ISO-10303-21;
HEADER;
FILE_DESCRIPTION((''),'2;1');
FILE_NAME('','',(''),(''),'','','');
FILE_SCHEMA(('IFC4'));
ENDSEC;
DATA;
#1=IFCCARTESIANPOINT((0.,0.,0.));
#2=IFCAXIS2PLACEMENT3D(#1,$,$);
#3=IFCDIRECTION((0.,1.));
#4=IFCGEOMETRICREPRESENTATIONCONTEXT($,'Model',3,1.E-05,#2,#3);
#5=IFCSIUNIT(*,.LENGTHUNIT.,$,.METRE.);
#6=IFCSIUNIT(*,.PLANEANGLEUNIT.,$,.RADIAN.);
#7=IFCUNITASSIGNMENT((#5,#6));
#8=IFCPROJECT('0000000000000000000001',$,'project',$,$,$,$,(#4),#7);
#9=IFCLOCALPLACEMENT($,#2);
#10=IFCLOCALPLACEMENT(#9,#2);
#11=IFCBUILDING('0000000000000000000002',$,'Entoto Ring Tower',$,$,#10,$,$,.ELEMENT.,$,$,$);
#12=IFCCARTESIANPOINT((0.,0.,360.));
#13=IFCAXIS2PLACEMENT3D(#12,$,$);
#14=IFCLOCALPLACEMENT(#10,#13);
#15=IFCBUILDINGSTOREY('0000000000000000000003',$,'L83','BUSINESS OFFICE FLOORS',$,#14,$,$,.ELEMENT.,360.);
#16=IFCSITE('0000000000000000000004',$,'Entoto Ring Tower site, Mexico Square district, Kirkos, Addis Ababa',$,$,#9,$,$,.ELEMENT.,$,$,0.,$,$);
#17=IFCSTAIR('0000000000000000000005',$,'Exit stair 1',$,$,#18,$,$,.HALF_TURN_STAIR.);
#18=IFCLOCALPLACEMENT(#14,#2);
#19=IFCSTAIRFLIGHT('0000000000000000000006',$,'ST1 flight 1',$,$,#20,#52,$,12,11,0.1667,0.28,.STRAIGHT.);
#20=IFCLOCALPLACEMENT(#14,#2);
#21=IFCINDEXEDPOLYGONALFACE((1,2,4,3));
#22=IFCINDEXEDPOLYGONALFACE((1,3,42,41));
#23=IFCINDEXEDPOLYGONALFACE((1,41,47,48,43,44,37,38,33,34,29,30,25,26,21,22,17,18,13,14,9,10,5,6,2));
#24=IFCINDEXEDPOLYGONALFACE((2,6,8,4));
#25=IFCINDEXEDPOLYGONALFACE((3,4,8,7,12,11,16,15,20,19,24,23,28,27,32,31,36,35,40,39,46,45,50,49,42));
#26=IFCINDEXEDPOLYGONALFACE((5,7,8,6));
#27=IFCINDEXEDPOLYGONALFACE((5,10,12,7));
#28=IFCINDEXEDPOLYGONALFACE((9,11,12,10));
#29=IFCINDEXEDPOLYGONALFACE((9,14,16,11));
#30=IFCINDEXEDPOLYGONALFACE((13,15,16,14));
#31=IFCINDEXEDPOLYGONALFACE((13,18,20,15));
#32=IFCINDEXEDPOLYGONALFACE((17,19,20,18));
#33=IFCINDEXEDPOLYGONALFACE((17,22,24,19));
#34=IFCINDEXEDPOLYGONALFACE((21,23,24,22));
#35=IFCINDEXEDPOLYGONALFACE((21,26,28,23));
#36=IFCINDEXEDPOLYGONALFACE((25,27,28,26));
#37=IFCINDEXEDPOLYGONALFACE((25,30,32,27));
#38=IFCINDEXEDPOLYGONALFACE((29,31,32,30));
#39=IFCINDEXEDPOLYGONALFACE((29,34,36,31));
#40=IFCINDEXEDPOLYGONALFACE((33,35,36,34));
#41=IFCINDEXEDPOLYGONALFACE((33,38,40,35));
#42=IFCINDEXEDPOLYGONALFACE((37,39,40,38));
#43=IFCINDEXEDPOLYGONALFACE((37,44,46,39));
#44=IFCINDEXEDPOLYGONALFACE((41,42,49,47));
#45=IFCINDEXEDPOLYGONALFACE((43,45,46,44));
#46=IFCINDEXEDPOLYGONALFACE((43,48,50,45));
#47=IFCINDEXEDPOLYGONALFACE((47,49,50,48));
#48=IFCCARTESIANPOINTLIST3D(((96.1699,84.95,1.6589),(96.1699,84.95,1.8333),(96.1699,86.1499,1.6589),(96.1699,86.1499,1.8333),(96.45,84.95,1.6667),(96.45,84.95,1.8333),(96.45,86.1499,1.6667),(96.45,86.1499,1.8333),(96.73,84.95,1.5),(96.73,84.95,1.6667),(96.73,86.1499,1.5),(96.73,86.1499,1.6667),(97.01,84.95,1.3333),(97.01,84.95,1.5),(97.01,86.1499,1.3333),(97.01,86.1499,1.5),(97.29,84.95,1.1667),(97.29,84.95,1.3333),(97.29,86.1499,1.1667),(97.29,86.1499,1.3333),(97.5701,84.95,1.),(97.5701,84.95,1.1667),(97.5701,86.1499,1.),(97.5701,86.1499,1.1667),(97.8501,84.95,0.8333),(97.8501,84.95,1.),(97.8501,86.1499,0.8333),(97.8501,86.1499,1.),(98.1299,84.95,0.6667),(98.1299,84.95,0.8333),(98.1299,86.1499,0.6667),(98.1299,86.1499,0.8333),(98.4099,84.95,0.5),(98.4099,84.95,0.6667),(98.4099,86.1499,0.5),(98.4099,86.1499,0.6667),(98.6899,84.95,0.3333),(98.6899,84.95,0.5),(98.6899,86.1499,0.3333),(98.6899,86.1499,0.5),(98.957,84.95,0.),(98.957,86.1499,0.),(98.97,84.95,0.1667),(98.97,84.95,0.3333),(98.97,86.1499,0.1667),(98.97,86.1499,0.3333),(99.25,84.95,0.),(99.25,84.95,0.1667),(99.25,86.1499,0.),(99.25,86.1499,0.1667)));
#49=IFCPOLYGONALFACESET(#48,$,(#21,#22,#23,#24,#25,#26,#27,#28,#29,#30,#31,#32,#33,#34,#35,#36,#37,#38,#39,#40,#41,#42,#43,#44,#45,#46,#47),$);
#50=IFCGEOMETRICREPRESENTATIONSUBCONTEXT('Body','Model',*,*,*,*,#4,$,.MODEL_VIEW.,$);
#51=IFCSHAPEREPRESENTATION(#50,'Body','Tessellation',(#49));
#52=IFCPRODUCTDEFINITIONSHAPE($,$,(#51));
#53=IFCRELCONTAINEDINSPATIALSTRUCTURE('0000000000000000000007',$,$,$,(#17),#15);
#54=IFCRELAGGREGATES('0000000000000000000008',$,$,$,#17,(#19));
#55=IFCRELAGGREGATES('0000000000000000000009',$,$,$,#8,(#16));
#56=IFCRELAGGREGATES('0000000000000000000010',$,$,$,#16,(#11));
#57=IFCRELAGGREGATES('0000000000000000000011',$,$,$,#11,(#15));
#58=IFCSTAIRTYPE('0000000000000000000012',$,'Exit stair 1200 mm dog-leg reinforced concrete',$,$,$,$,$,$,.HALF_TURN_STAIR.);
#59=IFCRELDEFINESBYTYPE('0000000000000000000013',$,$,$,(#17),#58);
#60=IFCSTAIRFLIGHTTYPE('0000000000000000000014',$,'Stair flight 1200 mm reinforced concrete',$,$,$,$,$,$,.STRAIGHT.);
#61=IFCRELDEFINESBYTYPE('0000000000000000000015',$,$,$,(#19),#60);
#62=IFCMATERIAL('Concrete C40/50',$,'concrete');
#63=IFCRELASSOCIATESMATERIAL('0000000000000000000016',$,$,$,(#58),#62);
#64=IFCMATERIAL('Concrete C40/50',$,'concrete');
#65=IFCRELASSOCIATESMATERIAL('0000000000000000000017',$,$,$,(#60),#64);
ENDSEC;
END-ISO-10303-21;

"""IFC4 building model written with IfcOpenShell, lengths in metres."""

from ifc_helpers import new_model, si_unit, direction, frame, origin, place, context, subcontext, project, spatial, polyline, outline, extrude, material, type_object, element, aggregate, save


model = new_model("IFC4")

# Units and contexts
model_context = context("Model", 3, precision=1e-05, world=origin(), true_north=direction((0.0, 1.0)))
body_context = subcontext(model_context, "Body", "Model", "MODEL_VIEW")
ifc_project = project(units=[si_unit("LENGTHUNIT", "METRE"), si_unit("PLANEANGLEUNIT", "RADIAN")], contexts=[model_context])

# Site, building, storey
site_placement = place(None, origin())
site = spatial("IfcSite", under=ifc_project, at=site_placement, Name="Entoto Ring Tower site, Mexico Square district, Kirkos, Addis Ababa", CompositionType="ELEMENT", RefElevation=0.0)
building_placement = place(site_placement, origin())
building = spatial("IfcBuilding", under=site, at=building_placement, Name="Entoto Ring Tower", CompositionType="ELEMENT")
storey_placement = place(building_placement, frame((0.0, 0.0, 360.0)))
storey = spatial("IfcBuildingStorey", under=building, at=storey_placement, Name="L83", Description="BUSINESS OFFICE FLOORS", CompositionType="ELEMENT", Elevation=360.0)

# Stair, stair flight
ifc_material_1 = material(Name="Concrete C40/50", Category="concrete")
stair_type = type_object("IfcStairType", Name="Exit stair 1200 mm dog-leg reinforced concrete", PredefinedType="HALF_TURN_STAIR", material=ifc_material_1)
stair_placement = place(storey_placement, origin())
stair = element("IfcStair", 1, at=stair_placement, inside=storey, type_object=stair_type, Name="Exit stair 1", PredefinedType="HALF_TURN_STAIR")
ifc_material_2 = material(Name="Concrete C40/50", Category="concrete")
stair_flight_type = type_object("IfcStairFlightType", Name="Stair flight 1200 mm reinforced concrete", PredefinedType="STRAIGHT", material=ifc_material_2)
stair_flight_placement = place(storey_placement, frame((99.25, 85.55, 0.0), z_axis=(0.0, 0.0, 1.0), x_axis=(-1.0, 0.0, 0.0)))
stair_flight = element("IfcStairFlight", 2, at=stair_flight_placement, type_object=stair_flight_type, Name="ST1 flight 1", NumberOfRisers=12, NumberOfTreads=11, PredefinedType="STRAIGHT", RiserHeight=0.1667, TreadLength=0.28, context=body_context, shape_type="SweptSolid", body=[
    extrude(outline(polyline([(0.0, 0.0), (0.0, 0.1667), (0.28, 0.1667), (0.28, 0.3333), (0.5601, 0.3333), (0.5601, 0.5), (0.8401, 0.5), (0.8401, 0.6667), (1.1201, 0.6667), (1.1201, 0.8333), (1.3999, 0.8333), (1.3999, 1.0), (1.6799, 1.0), (1.6799, 1.1667), (1.96, 1.1667), (1.96, 1.3333), (2.24, 1.3333), (2.24, 1.5), (2.52, 1.5), (2.52, 1.6667), (2.8, 1.6667), (2.8, 1.8333), (3.0801, 1.8333), (3.0801, 2.0), (3.0801, 1.6589), (0.293, 0.0), (0.0, 0.0)])), frame((0.0, 0.6001, 0.0), z_axis=(0.0, -1.0, 0.0), x_axis=(1.0, 0.0, 0.0)), (0.0, 0.0, 1.0), 1.2),
])
aggregate(stair, [stair_flight])

save(model, "model.ifc")
